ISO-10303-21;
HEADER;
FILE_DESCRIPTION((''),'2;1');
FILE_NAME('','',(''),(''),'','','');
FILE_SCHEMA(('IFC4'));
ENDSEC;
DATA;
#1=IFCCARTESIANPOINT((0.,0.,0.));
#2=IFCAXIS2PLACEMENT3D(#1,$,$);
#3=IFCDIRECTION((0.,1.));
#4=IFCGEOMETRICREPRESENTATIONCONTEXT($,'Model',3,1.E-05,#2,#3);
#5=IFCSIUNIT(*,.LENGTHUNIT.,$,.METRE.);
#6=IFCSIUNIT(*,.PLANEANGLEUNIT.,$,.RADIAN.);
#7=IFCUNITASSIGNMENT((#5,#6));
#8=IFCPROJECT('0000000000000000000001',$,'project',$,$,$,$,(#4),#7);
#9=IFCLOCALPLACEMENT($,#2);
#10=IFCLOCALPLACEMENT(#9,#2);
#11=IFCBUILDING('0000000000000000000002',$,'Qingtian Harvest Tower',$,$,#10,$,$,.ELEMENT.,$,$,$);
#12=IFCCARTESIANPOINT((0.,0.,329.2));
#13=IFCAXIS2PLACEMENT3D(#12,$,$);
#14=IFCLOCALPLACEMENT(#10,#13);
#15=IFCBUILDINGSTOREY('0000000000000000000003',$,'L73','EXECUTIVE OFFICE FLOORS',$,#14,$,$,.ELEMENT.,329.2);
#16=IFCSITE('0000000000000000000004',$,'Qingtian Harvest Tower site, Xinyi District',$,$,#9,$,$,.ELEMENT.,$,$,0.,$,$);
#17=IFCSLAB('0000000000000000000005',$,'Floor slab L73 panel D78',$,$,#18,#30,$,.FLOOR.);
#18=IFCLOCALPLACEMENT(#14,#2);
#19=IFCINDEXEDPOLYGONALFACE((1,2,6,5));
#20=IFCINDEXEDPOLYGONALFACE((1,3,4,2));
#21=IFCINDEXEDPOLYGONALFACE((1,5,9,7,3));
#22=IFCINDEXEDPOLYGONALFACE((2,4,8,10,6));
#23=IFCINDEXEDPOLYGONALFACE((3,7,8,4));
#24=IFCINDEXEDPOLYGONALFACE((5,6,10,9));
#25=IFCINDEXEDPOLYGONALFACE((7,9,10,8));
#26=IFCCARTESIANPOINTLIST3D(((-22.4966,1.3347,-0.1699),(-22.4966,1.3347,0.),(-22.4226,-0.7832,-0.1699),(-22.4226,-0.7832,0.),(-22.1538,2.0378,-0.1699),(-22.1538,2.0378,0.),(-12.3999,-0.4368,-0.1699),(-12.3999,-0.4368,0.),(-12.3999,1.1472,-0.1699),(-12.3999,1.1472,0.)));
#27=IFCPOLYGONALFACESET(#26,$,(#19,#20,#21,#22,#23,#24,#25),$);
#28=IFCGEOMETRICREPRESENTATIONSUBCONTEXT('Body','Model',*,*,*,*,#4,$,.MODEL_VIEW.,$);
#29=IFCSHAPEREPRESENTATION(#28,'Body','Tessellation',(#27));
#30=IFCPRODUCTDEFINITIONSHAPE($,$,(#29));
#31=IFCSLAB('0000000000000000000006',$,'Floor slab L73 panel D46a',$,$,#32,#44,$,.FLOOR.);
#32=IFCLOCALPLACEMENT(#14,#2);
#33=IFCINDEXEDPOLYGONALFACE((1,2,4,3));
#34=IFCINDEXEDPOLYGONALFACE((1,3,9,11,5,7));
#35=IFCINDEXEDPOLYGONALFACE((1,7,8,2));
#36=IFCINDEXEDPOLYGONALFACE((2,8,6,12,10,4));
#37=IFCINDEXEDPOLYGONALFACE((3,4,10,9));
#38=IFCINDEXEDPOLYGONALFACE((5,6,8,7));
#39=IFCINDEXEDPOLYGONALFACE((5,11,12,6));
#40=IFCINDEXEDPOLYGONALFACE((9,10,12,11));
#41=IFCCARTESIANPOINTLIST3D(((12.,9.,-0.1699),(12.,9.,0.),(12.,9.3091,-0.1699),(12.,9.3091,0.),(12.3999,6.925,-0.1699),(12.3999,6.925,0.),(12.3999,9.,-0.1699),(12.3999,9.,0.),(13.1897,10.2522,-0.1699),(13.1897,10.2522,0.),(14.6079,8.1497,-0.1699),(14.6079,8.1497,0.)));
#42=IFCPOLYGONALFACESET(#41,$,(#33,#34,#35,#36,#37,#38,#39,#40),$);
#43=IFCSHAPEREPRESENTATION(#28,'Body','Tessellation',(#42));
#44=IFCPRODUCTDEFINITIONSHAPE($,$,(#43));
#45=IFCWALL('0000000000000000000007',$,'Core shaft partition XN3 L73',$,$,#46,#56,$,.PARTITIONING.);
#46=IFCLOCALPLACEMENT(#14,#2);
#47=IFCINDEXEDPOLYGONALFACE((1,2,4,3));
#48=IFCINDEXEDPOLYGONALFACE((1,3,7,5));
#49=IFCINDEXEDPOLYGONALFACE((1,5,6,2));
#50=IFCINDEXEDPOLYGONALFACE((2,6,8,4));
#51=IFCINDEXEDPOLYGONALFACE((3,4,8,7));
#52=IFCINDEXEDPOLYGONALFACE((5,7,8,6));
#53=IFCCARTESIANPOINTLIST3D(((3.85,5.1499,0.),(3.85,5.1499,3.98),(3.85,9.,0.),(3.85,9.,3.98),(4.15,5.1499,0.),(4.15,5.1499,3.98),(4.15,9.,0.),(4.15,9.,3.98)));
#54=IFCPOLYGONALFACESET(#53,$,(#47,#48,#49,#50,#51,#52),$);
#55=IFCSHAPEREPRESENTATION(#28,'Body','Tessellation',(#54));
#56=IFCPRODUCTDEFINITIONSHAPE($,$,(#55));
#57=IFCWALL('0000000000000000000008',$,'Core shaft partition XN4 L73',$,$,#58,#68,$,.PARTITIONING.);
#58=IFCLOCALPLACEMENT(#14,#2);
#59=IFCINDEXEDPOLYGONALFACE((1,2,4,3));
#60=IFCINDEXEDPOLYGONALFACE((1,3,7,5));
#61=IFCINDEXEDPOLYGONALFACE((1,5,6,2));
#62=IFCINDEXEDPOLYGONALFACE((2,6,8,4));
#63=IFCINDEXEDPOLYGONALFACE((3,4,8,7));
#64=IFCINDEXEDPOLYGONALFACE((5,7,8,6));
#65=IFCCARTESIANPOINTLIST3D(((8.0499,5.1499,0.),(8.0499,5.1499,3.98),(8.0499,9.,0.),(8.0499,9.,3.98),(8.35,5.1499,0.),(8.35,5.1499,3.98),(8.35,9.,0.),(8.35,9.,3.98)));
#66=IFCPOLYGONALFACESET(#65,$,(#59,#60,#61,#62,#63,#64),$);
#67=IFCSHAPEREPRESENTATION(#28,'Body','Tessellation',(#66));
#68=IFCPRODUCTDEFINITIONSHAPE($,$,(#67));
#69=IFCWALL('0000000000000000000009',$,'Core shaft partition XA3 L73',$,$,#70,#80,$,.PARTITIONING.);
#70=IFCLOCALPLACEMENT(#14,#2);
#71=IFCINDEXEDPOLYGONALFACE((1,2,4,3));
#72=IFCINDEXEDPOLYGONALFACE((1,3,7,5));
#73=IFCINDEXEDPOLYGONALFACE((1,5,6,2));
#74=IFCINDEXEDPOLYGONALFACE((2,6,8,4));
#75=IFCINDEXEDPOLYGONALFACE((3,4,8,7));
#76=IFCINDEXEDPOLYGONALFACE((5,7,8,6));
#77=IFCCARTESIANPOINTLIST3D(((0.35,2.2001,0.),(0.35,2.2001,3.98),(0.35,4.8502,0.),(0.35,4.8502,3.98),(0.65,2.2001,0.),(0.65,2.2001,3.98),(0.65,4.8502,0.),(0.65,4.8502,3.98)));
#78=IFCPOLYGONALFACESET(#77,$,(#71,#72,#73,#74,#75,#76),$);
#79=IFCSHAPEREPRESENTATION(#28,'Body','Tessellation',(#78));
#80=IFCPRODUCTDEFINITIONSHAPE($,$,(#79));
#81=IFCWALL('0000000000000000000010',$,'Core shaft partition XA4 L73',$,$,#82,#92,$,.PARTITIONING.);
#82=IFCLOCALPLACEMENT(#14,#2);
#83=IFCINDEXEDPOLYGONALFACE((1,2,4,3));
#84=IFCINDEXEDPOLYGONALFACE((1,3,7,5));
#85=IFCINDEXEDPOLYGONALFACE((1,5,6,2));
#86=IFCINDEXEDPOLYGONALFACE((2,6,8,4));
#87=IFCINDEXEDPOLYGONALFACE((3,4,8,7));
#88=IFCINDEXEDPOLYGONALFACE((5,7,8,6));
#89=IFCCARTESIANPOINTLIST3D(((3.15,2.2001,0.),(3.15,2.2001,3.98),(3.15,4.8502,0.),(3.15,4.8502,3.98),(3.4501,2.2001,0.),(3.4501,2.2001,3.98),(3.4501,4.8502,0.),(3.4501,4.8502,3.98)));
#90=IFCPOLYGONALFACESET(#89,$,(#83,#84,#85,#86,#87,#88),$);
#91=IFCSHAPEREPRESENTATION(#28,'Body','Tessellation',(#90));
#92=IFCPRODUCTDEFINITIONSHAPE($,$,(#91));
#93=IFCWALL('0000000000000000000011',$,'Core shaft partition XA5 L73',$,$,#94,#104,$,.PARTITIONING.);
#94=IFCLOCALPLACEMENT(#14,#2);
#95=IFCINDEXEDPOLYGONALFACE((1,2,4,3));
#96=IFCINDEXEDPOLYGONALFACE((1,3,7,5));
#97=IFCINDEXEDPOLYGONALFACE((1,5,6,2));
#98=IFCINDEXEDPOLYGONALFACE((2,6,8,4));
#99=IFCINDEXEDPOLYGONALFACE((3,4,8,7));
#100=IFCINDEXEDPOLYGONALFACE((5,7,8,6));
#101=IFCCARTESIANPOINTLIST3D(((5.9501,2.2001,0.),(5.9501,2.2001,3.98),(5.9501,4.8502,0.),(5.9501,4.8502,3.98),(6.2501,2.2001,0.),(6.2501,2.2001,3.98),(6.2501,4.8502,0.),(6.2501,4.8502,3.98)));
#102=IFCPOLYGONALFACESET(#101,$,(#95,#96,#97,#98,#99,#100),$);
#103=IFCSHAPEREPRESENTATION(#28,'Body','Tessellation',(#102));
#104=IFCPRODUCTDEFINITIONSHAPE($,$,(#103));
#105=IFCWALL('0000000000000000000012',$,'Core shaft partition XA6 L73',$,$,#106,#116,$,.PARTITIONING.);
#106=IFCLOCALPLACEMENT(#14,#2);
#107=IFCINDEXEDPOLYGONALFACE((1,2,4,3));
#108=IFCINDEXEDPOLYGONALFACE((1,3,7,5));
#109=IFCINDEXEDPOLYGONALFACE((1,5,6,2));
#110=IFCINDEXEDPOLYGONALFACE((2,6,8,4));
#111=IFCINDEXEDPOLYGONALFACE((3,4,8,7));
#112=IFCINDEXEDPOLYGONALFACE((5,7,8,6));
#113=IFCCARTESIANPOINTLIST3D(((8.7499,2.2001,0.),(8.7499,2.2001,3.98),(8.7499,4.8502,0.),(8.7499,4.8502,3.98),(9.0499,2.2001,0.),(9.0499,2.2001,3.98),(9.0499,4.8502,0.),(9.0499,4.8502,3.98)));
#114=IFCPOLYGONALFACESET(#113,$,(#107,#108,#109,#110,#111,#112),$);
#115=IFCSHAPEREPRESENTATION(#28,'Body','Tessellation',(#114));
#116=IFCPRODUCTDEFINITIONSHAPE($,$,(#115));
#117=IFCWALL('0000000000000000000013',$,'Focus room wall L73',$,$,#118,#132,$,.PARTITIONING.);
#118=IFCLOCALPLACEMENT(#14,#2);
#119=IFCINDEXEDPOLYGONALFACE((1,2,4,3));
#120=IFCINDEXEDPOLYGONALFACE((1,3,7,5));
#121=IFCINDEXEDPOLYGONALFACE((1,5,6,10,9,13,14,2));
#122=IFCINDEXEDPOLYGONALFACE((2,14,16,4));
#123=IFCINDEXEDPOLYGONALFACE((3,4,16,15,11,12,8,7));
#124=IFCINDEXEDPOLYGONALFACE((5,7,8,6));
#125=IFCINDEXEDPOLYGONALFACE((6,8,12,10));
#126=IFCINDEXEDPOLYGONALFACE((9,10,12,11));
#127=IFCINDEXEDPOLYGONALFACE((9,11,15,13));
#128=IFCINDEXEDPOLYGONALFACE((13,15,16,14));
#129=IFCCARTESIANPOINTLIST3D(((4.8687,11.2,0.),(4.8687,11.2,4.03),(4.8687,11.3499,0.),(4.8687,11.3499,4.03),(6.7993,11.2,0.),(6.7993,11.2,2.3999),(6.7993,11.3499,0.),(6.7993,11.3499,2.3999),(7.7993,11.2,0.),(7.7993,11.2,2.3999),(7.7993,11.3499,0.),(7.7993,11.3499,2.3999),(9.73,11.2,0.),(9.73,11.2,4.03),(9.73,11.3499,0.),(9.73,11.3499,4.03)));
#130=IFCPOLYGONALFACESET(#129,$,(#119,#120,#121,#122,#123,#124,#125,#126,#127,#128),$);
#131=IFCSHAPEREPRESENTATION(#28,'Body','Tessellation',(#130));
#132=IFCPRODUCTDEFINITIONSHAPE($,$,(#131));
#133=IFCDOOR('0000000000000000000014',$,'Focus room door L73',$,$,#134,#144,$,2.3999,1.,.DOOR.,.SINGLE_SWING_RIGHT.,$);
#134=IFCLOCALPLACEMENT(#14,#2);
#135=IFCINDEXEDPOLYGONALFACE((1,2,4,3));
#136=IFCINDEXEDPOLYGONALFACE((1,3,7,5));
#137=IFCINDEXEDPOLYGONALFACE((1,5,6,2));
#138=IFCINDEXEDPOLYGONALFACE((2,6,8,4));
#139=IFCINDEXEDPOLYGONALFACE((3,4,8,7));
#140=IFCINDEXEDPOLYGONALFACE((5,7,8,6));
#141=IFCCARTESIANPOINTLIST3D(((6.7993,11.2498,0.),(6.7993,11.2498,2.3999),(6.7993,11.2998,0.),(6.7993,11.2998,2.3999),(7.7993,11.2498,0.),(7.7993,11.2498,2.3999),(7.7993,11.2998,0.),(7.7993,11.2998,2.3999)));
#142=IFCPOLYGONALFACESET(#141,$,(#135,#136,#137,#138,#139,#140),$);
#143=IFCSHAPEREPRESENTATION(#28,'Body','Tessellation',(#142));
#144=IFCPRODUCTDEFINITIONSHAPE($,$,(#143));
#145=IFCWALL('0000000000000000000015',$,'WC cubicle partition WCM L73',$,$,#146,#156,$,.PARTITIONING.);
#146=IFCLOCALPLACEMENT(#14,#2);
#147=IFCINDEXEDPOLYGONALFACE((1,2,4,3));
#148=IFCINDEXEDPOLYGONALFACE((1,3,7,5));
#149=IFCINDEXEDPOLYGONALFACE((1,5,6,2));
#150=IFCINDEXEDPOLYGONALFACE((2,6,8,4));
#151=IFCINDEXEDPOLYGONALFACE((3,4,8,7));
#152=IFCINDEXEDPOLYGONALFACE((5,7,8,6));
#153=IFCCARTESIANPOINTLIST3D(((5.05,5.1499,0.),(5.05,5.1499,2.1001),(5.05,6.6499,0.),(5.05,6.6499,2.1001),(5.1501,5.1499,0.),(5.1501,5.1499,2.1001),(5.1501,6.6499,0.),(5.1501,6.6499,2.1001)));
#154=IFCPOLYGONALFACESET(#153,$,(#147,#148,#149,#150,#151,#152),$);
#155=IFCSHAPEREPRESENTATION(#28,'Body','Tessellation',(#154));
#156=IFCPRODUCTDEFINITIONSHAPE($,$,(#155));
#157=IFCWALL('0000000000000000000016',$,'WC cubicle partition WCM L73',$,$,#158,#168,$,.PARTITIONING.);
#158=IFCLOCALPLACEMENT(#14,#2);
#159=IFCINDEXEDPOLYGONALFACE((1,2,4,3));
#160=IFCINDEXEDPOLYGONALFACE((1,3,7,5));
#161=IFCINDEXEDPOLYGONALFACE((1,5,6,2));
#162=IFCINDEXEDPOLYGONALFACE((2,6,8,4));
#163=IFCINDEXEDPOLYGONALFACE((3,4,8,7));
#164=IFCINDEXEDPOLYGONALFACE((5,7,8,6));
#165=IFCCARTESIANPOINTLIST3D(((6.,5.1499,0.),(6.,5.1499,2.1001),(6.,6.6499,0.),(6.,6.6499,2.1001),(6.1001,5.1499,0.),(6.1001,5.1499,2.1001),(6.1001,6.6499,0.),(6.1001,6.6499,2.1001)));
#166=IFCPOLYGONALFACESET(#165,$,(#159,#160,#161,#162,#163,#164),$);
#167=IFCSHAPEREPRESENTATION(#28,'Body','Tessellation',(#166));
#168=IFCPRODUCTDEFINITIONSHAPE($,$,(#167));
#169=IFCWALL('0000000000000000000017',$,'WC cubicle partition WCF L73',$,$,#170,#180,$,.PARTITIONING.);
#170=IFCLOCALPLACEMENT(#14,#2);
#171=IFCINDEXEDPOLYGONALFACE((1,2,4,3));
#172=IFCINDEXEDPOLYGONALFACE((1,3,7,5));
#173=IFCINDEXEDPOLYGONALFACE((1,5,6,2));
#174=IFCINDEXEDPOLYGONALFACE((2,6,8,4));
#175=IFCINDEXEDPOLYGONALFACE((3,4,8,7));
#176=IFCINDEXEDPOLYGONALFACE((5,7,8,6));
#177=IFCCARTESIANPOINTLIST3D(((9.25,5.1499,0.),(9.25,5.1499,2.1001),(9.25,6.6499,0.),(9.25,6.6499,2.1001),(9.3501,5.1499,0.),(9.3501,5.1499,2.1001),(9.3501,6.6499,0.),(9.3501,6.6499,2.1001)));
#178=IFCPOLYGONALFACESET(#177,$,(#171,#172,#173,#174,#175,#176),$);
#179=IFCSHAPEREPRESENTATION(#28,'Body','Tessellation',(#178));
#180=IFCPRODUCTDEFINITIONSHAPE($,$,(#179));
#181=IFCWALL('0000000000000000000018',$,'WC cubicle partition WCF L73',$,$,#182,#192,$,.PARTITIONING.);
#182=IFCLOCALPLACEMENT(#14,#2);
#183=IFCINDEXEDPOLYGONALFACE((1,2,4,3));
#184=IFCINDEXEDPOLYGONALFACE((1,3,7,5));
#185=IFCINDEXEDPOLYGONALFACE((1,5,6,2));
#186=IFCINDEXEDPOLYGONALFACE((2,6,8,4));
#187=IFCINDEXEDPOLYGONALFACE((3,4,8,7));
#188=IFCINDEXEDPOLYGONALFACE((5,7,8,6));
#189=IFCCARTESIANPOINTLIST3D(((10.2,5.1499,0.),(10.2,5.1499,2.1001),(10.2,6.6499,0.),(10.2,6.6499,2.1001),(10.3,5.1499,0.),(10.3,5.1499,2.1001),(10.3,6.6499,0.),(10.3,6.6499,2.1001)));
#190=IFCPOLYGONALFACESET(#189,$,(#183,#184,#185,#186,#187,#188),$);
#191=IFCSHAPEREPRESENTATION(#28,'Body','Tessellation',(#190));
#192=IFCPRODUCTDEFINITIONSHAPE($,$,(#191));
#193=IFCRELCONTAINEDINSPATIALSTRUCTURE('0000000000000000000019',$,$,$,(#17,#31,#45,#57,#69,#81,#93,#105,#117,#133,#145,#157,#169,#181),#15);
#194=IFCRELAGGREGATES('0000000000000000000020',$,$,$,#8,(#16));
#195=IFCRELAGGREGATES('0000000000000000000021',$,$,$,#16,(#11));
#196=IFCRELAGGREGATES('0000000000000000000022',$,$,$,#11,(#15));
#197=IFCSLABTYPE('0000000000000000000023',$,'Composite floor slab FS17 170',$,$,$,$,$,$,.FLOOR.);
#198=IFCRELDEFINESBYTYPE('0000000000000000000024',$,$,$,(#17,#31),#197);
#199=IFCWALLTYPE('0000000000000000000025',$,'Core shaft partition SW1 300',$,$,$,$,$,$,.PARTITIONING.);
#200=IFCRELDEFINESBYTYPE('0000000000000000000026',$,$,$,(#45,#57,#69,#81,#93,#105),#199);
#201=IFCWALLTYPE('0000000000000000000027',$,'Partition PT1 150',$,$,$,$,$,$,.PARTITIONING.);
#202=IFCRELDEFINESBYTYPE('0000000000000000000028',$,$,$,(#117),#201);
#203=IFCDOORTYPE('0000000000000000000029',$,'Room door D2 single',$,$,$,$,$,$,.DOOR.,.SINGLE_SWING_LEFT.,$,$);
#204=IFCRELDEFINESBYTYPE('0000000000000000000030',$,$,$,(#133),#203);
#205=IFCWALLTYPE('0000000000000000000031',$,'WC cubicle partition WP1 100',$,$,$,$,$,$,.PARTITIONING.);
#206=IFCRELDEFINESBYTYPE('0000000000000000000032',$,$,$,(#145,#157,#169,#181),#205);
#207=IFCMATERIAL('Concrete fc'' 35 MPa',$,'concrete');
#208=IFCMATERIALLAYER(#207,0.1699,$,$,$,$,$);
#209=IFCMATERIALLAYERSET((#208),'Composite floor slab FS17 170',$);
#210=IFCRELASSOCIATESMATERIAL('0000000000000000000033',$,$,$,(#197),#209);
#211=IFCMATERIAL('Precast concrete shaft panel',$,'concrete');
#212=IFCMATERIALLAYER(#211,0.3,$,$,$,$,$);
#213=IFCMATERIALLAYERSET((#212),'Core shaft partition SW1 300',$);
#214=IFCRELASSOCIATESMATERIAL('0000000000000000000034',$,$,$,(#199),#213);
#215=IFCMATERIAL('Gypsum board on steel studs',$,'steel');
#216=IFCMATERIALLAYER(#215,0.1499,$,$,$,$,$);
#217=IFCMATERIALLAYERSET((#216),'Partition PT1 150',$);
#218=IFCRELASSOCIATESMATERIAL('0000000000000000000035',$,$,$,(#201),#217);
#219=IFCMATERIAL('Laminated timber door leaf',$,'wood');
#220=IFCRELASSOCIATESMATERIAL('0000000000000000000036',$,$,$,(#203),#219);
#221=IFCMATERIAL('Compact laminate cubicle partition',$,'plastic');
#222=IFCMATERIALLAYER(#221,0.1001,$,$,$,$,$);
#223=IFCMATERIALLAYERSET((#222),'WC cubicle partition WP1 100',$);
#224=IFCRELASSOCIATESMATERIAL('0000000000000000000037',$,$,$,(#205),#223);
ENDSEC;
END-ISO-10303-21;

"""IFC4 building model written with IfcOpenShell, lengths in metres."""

from ifc_helpers import new_model, si_unit, direction, frame, frame_2d, origin, place, context, subcontext, project, spatial, polyline, rectangle, outline, extrude, material, layer, layer_set, type_object, element, fill, save


model = new_model("IFC4")

# Units and contexts
model_context = context("Model", 3, precision=1e-05, world=origin(), true_north=direction((0.0, 1.0)))
body_context = subcontext(model_context, "Body", "Model", "MODEL_VIEW")
ifc_project = project(units=[si_unit("LENGTHUNIT", "METRE"), si_unit("PLANEANGLEUNIT", "RADIAN")], contexts=[model_context])

# Site, building, storey
site_placement = place(None, origin())
site = spatial("IfcSite", under=ifc_project, at=site_placement, Name="Qingtian Harvest Tower site, Xinyi District", CompositionType="ELEMENT", RefElevation=0.0)
building_placement = place(site_placement, origin())
building = spatial("IfcBuilding", under=site, at=building_placement, Name="Qingtian Harvest Tower", CompositionType="ELEMENT")
storey_placement = place(building_placement, frame((0.0, 0.0, 329.2)))
storey = spatial("IfcBuildingStorey", under=building, at=storey_placement, Name="L73", Description="EXECUTIVE OFFICE FLOORS", CompositionType="ELEMENT", Elevation=329.2)

# Slabs
ifc_material_1 = material(Name="Concrete fc' 35 MPa", Category="concrete")
ifc_layer_1 = layer(ifc_material_1, 0.1699)
ifc_layer_set_1 = layer_set([ifc_layer_1], Name="Composite floor slab FS17 170")
slab_type = type_object("IfcSlabType", Name="Composite floor slab FS17 170", PredefinedType="FLOOR", material=ifc_layer_set_1)
slab_1_placement = place(storey_placement, frame((0.0, 0.0, -0.1699)))
element("IfcSlab", 1, at=slab_1_placement, inside=storey, type_object=slab_type, Name="Floor slab L73 panel D78", PredefinedType="FLOOR", context=body_context, shape_type="SweptSolid", body=[
    extrude(outline(polyline([(-12.3999, 1.1472), (-12.3999, -0.4368), (-22.4226, -0.7832), (-22.4966, 1.3347), (-22.1538, 2.0378), (-12.3999, 1.1472)])), origin(), (0.0, 0.0, 1.0), 0.1699),
])
slab_2_placement = place(storey_placement, frame((0.0, 0.0, -0.1699)))
element("IfcSlab", 2, at=slab_2_placement, inside=storey, type_object=slab_type, Name="Floor slab L73 panel D46a", PredefinedType="FLOOR", context=body_context, shape_type="SweptSolid", body=[
    extrude(outline(polyline([(12.0, 9.0), (12.0, 9.3091), (13.1897, 10.2522), (14.6079, 8.1497), (12.3999, 6.925), (12.3999, 9.0), (12.0, 9.0)])), origin(), (0.0, 0.0, 1.0), 0.1699),
])

# Shared definitions
ifc_material_2 = material(Name="Precast concrete shaft panel", Category="concrete")
ifc_layer_2 = layer(ifc_material_2, 0.3)
ifc_layer_set_2 = layer_set([ifc_layer_2], Name="Core shaft partition SW1 300")
wall_type_1 = type_object("IfcWallType", Name="Core shaft partition SW1 300", PredefinedType="PARTITIONING", material=ifc_layer_set_2)

# Walls
for number, where, z_axis, x_axis, name in (
    (3, (4.0, 5.1499, 0.0), (0.0, 0.0, 1.0), (0.0, 1.0, 0.0), "Core shaft partition XN3 L73"),
    (4, (8.2, 5.1499, 0.0), (0.0, 0.0, 1.0), (0.0, 1.0, 0.0), "Core shaft partition XN4 L73"),
):
    element("IfcWall", number, at=place(storey_placement, frame(where, z_axis=z_axis, x_axis=x_axis)), inside=storey, type_object=wall_type_1, Name=name, PredefinedType="PARTITIONING", context=body_context, shape_type="SweptSolid", body=[
        extrude(rectangle(XDim=3.8501, YDim=0.3, at=frame_2d((1.925, 0.0))), origin(), (0.0, 0.0, 1.0), 3.98),
    ])
for number, where, z_axis, x_axis, name in (
    (5, (0.5, 2.2, 0.0), (0.0, 0.0, 1.0), (0.0, 1.0, 0.0), "Core shaft partition XA3 L73"),
    (6, (3.3, 2.2, 0.0), (0.0, 0.0, 1.0), (0.0, 1.0, 0.0), "Core shaft partition XA4 L73"),
    (7, (6.1001, 2.2, 0.0), (0.0, 0.0, 1.0), (0.0, 1.0, 0.0), "Core shaft partition XA5 L73"),
    (8, (8.8999, 2.2, 0.0), (0.0, 0.0, 1.0), (0.0, 1.0, 0.0), "Core shaft partition XA6 L73"),
):
    element("IfcWall", number, at=place(storey_placement, frame(where, z_axis=z_axis, x_axis=x_axis)), inside=storey, type_object=wall_type_1, Name=name, PredefinedType="PARTITIONING", context=body_context, shape_type="SweptSolid", body=[
        extrude(rectangle(XDim=2.6501, YDim=0.3, at=frame_2d((1.3252, 0.0))), origin(), (0.0, 0.0, 1.0), 3.98),
    ])

# Wall, opening, door
ifc_material_3 = material(Name="Gypsum board on steel studs", Category="steel")
ifc_layer_3 = layer(ifc_material_3, 0.1499)
ifc_layer_set_3 = layer_set([ifc_layer_3], Name="Partition PT1 150")
wall_type_2 = type_object("IfcWallType", Name="Partition PT1 150", PredefinedType="PARTITIONING", material=ifc_layer_set_3)
ifc_material_4 = material(Name="Laminated timber door leaf", Category="wood")
door_type_1 = type_object("IfcDoorType", Name="Room door D2 single", OperationType="SINGLE_SWING_LEFT", PredefinedType="DOOR", material=ifc_material_4)
wall_1_placement = place(storey_placement, frame((4.8687, 11.2749, 0.0), z_axis=(0.0, 0.0, 1.0), x_axis=(1.0, 0.0, 0.0)))
wall_1 = element("IfcWall", 9, at=wall_1_placement, inside=storey, type_object=wall_type_2, Name="Focus room wall L73", PredefinedType="PARTITIONING", context=body_context, shape_type="SweptSolid", body=[
    extrude(rectangle(XDim=4.8613, YDim=0.1499, at=frame_2d((2.4307, 0.0))), origin(), (0.0, 0.0, 1.0), 4.03),
])
opening_1_placement = place(wall_1_placement, frame((1.9307, 0.0, 0.0)))
opening_1 = element("IfcOpeningElement", 10, at=opening_1_placement, cuts=wall_1, PredefinedType="OPENING", context=body_context, shape_type="SweptSolid", body=[
    extrude(rectangle(XDim=1.0, YDim=2.3999, at=frame_2d((0.5, 1.2))), frame((0.0, 0.085, 0.0), z_axis=(0.0, -1.0, 0.0), x_axis=(1.0, 0.0, 0.0)), (0.0, 0.0, 1.0), 0.1699),
])
door_1_placement = place(opening_1_placement, origin())
door_1 = element("IfcDoor", 11, at=door_1_placement, inside=storey, type_object=door_type_1, Name="Focus room door L73", OperationType="SINGLE_SWING_RIGHT", OverallHeight=2.3999, OverallWidth=1.0, PredefinedType="DOOR", context=body_context, shape_type="SweptSolid", body=[
    extrude(rectangle(XDim=1.0, YDim=2.3999, at=frame_2d((0.5, 1.2))), frame((0.0, 0.0249, 0.0), z_axis=(0.0, -1.0, 0.0), x_axis=(1.0, 0.0, 0.0)), (0.0, 0.0, 1.0), 0.05),
])
fill(opening_1, door_1)

# Walls
ifc_material_5 = material(Name="Compact laminate cubicle partition", Category="plastic")
ifc_layer_4 = layer(ifc_material_5, 0.1001)
ifc_layer_set_4 = layer_set([ifc_layer_4], Name="WC cubicle partition WP1 100")
wall_type_3 = type_object("IfcWallType", Name="WC cubicle partition WP1 100", PredefinedType="PARTITIONING", material=ifc_layer_set_4)
for number, where, z_axis, x_axis, name in (
    (12, (5.1001, 5.1499, 0.0), (0.0, 0.0, 1.0), (0.0, 1.0, 0.0), "WC cubicle partition WCM L73"),
    (13, (6.05, 5.1499, 0.0), (0.0, 0.0, 1.0), (0.0, 1.0, 0.0), "WC cubicle partition WCM L73"),
    (14, (9.3, 5.1499, 0.0), (0.0, 0.0, 1.0), (0.0, 1.0, 0.0), "WC cubicle partition WCF L73"),
    (15, (10.25, 5.1499, 0.0), (0.0, 0.0, 1.0), (0.0, 1.0, 0.0), "WC cubicle partition WCF L73"),
):
    element("IfcWall", number, at=place(storey_placement, frame(where, z_axis=z_axis, x_axis=x_axis)), inside=storey, type_object=wall_type_3, Name=name, PredefinedType="PARTITIONING", context=body_context, shape_type="SweptSolid", body=[
        extrude(rectangle(XDim=1.5, YDim=0.1001, at=frame_2d((0.75, 0.0))), origin(), (0.0, 0.0, 1.0), 2.1001),
    ])

save(model, "model.ifc")
